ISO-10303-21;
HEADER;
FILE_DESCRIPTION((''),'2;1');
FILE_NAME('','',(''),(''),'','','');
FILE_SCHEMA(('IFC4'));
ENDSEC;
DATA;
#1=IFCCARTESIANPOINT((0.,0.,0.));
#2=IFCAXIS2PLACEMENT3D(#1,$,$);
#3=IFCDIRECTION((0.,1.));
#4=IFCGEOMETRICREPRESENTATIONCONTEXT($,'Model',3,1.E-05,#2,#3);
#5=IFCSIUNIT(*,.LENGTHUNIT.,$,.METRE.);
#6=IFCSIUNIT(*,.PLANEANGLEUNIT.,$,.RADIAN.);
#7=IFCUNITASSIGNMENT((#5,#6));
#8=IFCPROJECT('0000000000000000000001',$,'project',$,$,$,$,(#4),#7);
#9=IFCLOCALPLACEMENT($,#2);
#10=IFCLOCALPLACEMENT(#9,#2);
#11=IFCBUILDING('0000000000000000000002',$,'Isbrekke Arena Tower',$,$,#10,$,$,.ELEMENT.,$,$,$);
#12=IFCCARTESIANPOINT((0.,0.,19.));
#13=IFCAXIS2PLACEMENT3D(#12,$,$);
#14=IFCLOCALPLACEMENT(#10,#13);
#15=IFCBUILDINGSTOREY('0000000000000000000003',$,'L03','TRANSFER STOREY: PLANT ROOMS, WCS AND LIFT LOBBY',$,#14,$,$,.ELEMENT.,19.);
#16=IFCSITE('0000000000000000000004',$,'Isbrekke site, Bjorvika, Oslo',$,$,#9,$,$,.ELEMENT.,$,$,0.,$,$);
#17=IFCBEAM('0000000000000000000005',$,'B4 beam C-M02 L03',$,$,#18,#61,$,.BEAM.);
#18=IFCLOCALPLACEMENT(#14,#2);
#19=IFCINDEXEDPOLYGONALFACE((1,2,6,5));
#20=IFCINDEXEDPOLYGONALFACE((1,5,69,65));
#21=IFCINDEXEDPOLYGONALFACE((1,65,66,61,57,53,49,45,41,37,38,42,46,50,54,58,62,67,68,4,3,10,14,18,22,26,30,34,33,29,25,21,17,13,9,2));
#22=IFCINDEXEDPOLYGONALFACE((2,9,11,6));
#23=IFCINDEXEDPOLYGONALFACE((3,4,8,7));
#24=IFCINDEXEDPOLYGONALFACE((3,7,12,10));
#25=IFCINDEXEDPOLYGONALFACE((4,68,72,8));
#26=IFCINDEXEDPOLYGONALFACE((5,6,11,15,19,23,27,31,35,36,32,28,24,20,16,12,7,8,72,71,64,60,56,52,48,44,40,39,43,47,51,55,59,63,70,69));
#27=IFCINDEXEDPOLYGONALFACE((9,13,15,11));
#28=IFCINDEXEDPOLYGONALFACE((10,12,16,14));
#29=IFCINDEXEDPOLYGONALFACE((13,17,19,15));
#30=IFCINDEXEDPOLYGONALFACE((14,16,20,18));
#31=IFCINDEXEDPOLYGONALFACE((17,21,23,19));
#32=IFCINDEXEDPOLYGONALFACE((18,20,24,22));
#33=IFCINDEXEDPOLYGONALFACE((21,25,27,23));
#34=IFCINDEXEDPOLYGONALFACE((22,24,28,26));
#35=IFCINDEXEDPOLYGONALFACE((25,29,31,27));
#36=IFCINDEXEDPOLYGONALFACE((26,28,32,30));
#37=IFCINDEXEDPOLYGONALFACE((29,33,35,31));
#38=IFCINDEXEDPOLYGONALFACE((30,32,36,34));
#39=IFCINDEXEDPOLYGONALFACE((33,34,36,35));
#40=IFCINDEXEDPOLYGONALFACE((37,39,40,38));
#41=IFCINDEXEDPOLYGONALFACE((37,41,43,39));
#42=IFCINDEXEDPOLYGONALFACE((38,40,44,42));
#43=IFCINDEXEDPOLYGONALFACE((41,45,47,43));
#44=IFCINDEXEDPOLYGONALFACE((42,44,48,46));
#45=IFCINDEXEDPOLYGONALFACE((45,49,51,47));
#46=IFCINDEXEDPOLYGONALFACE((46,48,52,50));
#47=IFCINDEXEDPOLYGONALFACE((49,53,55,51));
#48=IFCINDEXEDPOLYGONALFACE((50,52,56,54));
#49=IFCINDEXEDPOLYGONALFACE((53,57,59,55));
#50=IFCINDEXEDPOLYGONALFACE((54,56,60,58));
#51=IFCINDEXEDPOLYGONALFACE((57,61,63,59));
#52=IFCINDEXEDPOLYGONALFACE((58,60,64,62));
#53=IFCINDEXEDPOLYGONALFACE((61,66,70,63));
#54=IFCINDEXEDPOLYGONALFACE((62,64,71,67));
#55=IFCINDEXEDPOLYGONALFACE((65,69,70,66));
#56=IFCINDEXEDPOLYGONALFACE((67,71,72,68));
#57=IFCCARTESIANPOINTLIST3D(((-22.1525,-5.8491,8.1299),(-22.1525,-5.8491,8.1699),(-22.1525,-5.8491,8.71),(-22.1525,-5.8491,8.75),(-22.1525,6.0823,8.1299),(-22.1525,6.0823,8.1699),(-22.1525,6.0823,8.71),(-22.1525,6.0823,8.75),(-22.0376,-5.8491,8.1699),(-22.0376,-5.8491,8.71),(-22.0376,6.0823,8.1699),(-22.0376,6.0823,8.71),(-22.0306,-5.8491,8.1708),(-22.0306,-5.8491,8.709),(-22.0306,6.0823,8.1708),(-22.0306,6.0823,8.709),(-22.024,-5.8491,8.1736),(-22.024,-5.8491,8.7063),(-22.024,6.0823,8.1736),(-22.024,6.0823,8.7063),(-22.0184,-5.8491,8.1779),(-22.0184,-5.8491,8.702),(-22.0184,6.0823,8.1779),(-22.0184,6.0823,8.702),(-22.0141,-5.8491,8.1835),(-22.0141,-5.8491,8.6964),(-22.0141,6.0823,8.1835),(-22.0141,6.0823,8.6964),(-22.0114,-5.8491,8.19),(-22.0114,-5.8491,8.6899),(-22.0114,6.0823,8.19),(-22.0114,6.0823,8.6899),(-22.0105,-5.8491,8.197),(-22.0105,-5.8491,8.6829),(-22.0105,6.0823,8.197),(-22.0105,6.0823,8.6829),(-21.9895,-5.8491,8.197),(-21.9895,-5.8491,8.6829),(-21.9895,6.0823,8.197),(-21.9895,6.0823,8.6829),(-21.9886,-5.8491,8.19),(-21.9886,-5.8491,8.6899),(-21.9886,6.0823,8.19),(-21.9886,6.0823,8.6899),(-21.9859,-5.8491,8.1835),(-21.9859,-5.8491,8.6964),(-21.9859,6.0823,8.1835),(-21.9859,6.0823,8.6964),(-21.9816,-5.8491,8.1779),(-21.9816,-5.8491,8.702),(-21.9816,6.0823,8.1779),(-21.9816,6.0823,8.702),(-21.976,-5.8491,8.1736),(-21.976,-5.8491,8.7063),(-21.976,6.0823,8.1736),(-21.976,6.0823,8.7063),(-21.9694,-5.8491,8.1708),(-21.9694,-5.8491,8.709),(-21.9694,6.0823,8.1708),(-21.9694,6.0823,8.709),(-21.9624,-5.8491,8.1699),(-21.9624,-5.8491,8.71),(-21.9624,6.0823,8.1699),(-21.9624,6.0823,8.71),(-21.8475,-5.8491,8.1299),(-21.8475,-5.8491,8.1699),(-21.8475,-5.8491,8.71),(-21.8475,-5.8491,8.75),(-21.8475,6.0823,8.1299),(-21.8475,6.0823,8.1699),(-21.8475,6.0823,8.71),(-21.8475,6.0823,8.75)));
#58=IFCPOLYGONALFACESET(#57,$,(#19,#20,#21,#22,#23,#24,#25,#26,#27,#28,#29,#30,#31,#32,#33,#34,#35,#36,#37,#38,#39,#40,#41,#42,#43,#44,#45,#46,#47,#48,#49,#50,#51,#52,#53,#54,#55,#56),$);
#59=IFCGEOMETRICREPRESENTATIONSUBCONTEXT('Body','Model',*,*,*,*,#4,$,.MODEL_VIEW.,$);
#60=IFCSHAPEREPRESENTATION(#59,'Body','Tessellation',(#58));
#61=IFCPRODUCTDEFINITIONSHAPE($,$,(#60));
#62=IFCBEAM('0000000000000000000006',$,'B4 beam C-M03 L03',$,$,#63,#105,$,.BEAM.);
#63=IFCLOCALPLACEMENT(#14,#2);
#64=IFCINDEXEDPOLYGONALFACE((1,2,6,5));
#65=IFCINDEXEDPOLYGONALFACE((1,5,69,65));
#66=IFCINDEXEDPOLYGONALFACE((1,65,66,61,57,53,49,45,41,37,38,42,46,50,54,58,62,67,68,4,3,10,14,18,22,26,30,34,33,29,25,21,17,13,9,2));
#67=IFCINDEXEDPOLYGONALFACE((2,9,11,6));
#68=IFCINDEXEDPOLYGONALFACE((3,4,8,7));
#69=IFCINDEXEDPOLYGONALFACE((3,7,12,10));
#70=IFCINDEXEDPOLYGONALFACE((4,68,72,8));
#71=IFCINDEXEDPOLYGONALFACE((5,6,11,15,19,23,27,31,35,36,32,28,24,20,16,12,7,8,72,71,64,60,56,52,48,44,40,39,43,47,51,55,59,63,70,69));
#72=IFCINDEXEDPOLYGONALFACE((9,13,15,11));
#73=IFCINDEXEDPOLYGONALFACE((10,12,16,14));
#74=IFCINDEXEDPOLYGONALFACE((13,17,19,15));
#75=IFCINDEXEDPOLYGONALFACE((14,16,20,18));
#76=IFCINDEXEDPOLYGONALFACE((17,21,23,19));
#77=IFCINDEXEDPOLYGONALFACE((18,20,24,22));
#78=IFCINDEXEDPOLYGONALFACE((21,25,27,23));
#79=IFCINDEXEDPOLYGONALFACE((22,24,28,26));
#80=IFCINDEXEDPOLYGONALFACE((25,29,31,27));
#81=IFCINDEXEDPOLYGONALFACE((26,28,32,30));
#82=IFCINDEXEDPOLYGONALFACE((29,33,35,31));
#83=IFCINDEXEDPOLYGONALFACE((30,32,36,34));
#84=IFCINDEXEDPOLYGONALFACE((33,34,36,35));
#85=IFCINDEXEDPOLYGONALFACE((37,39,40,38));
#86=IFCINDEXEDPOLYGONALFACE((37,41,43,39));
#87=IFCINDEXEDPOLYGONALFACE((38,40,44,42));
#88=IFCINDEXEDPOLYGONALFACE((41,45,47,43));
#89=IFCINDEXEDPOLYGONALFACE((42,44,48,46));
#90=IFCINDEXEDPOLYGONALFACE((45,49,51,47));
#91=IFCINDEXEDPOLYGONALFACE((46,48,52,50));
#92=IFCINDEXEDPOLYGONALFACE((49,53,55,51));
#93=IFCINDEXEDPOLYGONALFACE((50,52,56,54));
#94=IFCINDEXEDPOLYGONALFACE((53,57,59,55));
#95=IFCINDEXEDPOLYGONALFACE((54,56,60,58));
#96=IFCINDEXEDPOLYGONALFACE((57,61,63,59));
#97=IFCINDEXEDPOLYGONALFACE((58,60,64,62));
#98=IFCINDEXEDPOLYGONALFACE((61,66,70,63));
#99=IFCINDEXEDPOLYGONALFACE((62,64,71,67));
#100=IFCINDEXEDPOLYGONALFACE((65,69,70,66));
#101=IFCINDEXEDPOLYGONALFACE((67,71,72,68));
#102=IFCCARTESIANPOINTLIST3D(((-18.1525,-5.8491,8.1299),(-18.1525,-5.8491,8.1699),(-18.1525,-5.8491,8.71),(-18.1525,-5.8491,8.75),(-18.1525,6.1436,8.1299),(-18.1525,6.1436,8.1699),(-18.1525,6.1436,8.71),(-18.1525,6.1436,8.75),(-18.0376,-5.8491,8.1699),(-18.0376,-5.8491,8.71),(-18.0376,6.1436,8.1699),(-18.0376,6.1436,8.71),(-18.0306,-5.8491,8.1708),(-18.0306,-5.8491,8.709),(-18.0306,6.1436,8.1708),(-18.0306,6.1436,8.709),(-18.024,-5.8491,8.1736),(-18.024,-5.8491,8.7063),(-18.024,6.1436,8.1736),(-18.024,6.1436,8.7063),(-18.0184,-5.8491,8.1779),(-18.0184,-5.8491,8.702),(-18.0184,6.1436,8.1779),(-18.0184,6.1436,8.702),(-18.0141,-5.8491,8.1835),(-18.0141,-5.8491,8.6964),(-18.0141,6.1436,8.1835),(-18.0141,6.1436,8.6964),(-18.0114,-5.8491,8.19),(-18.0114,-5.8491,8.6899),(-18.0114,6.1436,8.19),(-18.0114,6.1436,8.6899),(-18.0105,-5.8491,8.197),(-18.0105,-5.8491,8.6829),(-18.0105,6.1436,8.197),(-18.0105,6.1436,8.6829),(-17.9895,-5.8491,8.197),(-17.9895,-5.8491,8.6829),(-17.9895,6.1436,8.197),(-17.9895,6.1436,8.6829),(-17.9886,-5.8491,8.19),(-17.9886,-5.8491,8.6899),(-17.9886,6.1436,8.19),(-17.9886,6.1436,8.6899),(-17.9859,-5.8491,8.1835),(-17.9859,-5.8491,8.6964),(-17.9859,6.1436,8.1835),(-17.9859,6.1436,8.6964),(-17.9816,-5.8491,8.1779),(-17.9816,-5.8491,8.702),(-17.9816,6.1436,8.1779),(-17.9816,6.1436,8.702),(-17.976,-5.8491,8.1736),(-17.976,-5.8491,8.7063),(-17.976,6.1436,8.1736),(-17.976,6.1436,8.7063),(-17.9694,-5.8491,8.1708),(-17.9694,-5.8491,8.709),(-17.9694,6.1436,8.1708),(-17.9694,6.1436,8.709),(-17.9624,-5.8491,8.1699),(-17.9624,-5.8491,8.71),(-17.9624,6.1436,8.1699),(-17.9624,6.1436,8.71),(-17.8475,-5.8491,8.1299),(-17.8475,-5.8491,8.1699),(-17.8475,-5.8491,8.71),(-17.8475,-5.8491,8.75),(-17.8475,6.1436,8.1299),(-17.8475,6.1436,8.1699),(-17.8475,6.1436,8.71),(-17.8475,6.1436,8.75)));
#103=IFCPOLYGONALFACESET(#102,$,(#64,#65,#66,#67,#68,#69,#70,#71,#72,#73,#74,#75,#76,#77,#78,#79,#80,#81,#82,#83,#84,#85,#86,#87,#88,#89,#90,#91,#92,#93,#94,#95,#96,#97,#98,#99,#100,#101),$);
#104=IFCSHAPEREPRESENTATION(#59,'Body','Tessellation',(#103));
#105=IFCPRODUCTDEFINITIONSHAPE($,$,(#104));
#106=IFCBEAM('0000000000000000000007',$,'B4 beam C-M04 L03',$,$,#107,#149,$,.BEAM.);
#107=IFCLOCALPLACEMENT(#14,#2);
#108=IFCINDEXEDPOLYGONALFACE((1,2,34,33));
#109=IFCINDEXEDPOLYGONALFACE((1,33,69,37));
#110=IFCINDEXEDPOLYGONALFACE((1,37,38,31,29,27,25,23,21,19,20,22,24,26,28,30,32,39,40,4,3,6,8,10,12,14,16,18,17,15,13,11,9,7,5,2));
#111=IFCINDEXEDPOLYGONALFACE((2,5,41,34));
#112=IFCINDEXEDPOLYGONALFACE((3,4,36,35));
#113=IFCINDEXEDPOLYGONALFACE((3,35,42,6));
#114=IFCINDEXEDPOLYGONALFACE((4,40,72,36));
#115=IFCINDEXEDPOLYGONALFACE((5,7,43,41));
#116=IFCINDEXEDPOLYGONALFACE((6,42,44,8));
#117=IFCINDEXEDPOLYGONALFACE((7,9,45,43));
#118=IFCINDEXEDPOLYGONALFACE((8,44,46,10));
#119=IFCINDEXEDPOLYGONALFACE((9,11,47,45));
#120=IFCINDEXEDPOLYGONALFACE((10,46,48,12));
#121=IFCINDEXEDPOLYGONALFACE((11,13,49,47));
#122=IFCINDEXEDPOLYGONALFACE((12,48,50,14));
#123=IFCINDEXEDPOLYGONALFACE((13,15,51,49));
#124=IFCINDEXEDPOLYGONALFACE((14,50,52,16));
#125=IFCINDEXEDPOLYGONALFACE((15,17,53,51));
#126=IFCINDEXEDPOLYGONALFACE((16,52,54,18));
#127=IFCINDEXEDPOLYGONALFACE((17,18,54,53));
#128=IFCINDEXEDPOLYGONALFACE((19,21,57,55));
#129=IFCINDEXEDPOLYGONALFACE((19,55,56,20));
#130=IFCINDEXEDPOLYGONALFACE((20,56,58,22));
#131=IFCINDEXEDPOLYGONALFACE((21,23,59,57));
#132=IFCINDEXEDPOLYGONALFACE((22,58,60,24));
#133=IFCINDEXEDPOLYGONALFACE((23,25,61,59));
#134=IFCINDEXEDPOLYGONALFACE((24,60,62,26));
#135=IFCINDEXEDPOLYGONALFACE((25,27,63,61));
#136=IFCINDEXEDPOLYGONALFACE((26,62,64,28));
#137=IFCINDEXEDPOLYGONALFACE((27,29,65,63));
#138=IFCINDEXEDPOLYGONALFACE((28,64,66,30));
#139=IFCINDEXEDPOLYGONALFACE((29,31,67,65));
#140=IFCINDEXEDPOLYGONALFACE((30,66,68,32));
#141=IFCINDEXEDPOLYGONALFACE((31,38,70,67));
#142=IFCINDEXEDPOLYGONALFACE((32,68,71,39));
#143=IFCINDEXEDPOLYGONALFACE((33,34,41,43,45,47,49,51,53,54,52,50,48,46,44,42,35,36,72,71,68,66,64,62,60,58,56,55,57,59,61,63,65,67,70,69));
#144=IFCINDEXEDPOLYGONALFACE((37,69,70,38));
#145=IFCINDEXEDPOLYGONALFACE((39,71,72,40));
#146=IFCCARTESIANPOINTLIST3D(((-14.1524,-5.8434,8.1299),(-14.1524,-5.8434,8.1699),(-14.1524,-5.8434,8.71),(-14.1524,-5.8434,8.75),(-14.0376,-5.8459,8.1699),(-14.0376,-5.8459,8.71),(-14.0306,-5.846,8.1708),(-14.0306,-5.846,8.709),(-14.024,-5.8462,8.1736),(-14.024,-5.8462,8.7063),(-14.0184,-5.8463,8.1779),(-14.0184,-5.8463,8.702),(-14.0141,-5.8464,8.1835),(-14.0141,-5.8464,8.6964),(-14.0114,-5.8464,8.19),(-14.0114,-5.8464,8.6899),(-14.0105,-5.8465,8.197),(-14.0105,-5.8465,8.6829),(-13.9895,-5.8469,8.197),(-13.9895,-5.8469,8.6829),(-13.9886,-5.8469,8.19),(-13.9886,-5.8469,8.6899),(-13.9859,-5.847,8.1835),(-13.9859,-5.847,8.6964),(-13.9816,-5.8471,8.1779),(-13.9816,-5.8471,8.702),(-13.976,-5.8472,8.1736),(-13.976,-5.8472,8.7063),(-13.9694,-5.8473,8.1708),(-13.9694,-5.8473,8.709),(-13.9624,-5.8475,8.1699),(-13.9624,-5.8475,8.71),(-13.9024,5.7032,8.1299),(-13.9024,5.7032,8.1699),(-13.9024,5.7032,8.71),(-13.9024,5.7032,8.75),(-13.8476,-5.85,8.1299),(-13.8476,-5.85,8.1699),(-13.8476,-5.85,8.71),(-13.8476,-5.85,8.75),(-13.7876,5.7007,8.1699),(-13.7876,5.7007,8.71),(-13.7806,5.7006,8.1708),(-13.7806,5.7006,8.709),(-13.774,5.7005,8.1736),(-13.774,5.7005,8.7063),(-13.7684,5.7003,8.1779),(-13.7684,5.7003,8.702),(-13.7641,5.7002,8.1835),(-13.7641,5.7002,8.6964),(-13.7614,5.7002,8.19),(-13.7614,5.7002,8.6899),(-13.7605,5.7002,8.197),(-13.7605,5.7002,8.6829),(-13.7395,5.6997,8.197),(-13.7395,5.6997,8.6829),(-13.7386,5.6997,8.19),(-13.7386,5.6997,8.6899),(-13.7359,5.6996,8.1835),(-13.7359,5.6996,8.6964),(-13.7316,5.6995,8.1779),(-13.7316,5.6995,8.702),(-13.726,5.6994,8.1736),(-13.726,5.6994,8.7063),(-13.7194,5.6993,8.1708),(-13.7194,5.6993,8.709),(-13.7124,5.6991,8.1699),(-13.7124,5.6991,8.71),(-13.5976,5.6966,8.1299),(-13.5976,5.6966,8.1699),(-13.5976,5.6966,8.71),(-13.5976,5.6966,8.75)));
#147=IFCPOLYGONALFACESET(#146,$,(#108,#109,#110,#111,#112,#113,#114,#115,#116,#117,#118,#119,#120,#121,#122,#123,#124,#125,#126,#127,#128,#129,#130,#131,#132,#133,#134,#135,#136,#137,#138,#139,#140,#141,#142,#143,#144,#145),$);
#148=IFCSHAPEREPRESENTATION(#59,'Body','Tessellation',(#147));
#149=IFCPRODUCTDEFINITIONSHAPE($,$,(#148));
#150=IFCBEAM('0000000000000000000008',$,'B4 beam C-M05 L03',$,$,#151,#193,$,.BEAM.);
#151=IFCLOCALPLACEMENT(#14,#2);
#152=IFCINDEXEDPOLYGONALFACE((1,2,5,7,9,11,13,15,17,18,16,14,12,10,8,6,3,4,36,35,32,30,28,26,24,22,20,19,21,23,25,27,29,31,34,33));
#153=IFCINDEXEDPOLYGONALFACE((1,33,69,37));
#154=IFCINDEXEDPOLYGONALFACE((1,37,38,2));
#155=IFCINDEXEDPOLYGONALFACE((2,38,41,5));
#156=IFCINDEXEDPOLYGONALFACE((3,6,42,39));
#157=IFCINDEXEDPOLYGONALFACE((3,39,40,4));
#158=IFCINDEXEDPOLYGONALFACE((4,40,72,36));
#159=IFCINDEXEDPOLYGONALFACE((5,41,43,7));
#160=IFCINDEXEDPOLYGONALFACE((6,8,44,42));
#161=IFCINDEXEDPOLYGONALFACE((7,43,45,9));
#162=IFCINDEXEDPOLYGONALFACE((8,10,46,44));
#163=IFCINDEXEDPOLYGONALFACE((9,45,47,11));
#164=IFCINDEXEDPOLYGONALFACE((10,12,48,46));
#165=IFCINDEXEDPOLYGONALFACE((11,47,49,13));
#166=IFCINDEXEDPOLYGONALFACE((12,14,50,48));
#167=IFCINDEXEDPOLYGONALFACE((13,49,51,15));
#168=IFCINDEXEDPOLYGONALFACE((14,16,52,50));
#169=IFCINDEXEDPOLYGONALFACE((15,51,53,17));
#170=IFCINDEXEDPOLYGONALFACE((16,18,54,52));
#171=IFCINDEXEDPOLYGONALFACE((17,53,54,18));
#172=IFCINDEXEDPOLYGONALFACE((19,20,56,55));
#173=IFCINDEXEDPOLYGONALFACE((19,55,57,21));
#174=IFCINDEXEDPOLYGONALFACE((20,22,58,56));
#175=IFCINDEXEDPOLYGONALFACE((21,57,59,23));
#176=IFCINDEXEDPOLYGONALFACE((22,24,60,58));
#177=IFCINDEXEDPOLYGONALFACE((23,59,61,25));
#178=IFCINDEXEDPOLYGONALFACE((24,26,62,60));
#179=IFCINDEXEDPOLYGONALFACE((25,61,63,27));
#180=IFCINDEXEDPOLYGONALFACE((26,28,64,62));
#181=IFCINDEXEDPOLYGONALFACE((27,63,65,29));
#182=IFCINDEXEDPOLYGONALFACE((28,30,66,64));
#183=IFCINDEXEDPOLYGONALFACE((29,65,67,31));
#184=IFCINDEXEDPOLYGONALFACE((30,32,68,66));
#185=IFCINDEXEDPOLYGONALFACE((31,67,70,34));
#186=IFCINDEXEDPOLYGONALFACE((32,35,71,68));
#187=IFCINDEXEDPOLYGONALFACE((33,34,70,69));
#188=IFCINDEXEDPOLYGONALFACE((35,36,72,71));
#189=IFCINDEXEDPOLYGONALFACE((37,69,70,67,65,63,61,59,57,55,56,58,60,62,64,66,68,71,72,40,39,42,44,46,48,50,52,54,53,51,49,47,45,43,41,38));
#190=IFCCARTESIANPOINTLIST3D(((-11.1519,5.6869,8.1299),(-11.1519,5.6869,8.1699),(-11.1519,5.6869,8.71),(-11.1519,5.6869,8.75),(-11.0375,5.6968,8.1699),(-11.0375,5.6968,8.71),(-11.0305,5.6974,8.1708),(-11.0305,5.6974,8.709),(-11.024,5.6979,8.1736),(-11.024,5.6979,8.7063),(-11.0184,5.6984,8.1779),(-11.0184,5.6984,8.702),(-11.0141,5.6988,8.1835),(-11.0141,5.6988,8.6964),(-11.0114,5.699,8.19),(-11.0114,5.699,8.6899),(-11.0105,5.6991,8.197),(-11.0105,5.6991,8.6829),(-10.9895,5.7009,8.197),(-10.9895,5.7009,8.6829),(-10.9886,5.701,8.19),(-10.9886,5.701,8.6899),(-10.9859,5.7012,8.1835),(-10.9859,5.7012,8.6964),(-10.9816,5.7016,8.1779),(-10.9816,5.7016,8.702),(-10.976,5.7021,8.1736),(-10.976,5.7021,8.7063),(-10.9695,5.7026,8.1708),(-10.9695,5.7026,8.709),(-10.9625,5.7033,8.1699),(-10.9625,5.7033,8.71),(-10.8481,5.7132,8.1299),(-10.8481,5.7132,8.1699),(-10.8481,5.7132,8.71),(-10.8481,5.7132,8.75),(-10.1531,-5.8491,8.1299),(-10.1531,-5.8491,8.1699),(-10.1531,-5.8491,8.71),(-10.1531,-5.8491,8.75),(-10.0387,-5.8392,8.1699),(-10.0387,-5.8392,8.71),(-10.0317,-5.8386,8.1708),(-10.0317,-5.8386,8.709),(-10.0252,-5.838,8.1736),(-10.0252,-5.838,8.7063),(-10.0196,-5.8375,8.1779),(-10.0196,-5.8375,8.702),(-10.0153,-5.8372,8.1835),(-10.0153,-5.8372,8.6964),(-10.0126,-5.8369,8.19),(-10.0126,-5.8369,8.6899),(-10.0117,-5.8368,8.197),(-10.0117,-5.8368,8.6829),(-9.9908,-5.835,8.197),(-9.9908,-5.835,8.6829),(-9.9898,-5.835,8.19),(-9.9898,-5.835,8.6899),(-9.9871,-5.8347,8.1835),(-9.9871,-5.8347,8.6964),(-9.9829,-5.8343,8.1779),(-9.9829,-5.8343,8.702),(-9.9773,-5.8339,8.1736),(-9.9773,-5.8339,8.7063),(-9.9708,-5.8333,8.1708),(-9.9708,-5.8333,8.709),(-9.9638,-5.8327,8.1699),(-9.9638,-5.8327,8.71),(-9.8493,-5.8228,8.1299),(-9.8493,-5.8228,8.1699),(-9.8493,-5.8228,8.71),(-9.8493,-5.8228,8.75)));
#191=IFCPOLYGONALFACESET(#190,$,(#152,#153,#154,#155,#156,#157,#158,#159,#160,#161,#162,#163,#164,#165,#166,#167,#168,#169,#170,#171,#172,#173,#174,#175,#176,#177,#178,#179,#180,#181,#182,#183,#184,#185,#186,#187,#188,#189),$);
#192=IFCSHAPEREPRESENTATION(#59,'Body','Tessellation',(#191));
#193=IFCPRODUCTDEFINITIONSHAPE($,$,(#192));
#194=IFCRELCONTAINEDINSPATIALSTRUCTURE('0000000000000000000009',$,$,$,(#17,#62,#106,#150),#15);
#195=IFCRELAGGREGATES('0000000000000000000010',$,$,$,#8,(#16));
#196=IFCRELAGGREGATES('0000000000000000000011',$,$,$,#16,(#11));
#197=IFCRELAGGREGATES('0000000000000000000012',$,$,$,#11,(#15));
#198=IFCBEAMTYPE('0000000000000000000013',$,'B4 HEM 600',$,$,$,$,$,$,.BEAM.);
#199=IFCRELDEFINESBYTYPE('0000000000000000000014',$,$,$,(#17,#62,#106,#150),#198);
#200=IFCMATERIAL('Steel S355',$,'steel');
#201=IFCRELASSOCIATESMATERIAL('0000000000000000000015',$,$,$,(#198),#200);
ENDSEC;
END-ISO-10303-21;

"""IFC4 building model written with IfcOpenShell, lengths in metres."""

from ifc_helpers import new_model, si_unit, direction, frame, origin, origin_2d, place, context, subcontext, project, spatial, i_section, extrude, material, material_profile, profile_set, type_object, element, save


model = new_model("IFC4")

# Units and contexts
model_context = context("Model", 3, precision=1e-05, world=origin(), true_north=direction((0.0, 1.0)))
body_context = subcontext(model_context, "Body", "Model", "MODEL_VIEW")
ifc_project = project(units=[si_unit("LENGTHUNIT", "METRE"), si_unit("PLANEANGLEUNIT", "RADIAN")], contexts=[model_context])

# Site, building, storey
site_placement = place(None, origin())
site = spatial("IfcSite", under=ifc_project, at=site_placement, Name="Isbrekke site, Bjorvika, Oslo", CompositionType="ELEMENT", RefElevation=0.0)
building_placement = place(site_placement, origin())
building = spatial("IfcBuilding", under=site, at=building_placement, Name="Isbrekke Arena Tower", CompositionType="ELEMENT")
storey_placement = place(building_placement, frame((0.0, 0.0, 19.0)))
storey = spatial("IfcBuildingStorey", under=building, at=storey_placement, Name="L03", Description="TRANSFER STOREY: PLANT ROOMS, WCS AND LIFT LOBBY", CompositionType="ELEMENT", Elevation=19.0)

# Beams
ifc_material_1 = material(Name="Steel S355", Category="steel")
ifc_material_profile_1 = material_profile(ifc_material_1, i_section(OverallWidth=0.3049, OverallDepth=0.6201, WebThickness=0.021, FlangeThickness=0.04, FilletRadius=0.0271, at=origin_2d()), Name="HEM 600")
ifc_profile_set_1 = profile_set([ifc_material_profile_1], Name="Steel S355")
beam_type_1 = type_object("IfcBeamType", Name="B4 HEM 600", PredefinedType="BEAM", material=ifc_profile_set_1)
beam_1_placement = place(storey_placement, frame((-22.0, -5.8491, 8.4399), z_axis=(0.0, 1.0, 0.0), x_axis=(-1.0, 0.0, 0.0)))
element("IfcBeam", 1, at=beam_1_placement, inside=storey, type_object=beam_type_1, Name="B4 beam C-M02 L03", PredefinedType="BEAM", context=body_context, shape_type="SweptSolid", body=[
    extrude(i_section(OverallWidth=0.3049, OverallDepth=0.6201, WebThickness=0.021, FlangeThickness=0.04, FilletRadius=0.0271, at=origin_2d()), origin(), (0.0, 0.0, 1.0), 11.9314),
])
beam_2_placement = place(storey_placement, frame((-18.0, -5.8491, 8.4399), z_axis=(0.0, 1.0, 0.0), x_axis=(-1.0, 0.0, 0.0)))
element("IfcBeam", 2, at=beam_2_placement, inside=storey, type_object=beam_type_1, Name="B4 beam C-M03 L03", PredefinedType="BEAM", context=body_context, shape_type="SweptSolid", body=[
    extrude(i_section(OverallWidth=0.3049, OverallDepth=0.6201, WebThickness=0.021, FlangeThickness=0.04, FilletRadius=0.0271, at=origin_2d()), origin(), (0.0, 0.0, 1.0), 11.9927),
])
beam_3_placement = place(storey_placement, frame((-14.0, -5.8467, 8.4399), z_axis=(0.021646, 0.999766, 0.0), x_axis=(-0.999766, 0.021646, 0.0)))
element("IfcBeam", 3, at=beam_3_placement, inside=storey, type_object=beam_type_1, Name="B4 beam C-M04 L03", PredefinedType="BEAM", context=body_context, shape_type="SweptSolid", body=[
    extrude(i_section(OverallWidth=0.3049, OverallDepth=0.6201, WebThickness=0.021, FlangeThickness=0.04, FilletRadius=0.0271, at=origin_2d()), origin(), (0.0, 0.0, 1.0), 11.5493),
])
beam_4_placement = place(storey_placement, frame((-10.0012, -5.8359, 8.4399), z_axis=(-0.086257, 0.996273, 0.0), x_axis=(-0.996273, -0.086257, 0.0)))
element("IfcBeam", 4, at=beam_4_placement, inside=storey, type_object=beam_type_1, Name="B4 beam C-M05 L03", PredefinedType="BEAM", context=body_context, shape_type="SweptSolid", body=[
    extrude(i_section(OverallWidth=0.3049, OverallDepth=0.6201, WebThickness=0.021, FlangeThickness=0.04, FilletRadius=0.0271, at=origin_2d()), origin(), (0.0, 0.0, 1.0), 11.5791),
])

save(model, "model.ifc")
